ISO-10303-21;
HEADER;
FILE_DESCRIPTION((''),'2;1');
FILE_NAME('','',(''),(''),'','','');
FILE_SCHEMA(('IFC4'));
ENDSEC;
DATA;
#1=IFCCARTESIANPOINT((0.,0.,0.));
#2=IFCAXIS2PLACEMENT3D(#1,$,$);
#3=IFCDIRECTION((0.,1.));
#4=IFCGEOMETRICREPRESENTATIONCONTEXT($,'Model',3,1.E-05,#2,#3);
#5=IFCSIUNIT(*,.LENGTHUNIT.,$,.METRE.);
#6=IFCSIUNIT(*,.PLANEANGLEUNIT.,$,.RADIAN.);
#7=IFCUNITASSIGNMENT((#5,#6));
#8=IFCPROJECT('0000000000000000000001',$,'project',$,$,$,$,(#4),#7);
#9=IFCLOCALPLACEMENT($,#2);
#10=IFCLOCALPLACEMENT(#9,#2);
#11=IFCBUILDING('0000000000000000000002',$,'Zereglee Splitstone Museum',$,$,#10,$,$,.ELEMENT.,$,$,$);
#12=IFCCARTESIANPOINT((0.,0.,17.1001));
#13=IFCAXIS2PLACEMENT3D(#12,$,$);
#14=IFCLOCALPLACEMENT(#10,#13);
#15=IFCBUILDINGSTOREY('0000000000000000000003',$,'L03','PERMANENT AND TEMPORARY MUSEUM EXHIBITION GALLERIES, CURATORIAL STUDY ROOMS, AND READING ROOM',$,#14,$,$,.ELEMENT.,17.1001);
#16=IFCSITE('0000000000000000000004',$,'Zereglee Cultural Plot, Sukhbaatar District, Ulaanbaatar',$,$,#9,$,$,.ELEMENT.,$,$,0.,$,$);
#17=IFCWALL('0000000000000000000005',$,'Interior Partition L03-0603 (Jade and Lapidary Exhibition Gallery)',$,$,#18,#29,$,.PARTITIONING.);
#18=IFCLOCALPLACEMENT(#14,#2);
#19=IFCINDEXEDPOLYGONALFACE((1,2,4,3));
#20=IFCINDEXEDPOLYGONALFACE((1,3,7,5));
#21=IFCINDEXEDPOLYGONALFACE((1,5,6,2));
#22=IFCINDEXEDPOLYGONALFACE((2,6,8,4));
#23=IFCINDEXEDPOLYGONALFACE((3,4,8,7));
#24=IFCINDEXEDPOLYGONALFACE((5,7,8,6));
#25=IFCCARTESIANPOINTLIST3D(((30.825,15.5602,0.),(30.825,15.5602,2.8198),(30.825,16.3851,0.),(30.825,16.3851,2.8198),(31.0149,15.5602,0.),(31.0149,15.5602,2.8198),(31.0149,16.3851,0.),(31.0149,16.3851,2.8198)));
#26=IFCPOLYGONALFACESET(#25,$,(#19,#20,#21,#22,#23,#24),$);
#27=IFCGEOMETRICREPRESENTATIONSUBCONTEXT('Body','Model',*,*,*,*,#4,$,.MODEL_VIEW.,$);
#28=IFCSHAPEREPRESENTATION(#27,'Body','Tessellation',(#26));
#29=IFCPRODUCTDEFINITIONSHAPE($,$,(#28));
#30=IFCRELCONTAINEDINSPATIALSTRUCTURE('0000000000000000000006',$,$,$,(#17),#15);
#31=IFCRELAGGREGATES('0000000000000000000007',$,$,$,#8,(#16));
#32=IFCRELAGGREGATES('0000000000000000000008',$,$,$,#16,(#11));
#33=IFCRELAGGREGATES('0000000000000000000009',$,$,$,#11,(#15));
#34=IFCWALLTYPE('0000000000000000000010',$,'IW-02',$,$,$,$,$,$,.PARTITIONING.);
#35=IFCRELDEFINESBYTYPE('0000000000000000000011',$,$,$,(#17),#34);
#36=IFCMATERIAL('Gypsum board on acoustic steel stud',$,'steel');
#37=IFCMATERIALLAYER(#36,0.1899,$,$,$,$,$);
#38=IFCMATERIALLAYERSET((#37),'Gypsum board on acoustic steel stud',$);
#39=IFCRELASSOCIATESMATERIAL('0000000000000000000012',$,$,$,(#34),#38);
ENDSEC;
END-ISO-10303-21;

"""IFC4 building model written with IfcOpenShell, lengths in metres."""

from ifc_helpers import new_model, si_unit, direction, frame, frame_2d, origin, place, context, subcontext, project, spatial, rectangle, extrude, material, layer, layer_set, type_object, element, save


model = new_model("IFC4")

# Units and contexts
model_context = context("Model", 3, precision=1e-05, world=origin(), true_north=direction((0.0, 1.0)))
body_context = subcontext(model_context, "Body", "Model", "MODEL_VIEW")
ifc_project = project(units=[si_unit("LENGTHUNIT", "METRE"), si_unit("PLANEANGLEUNIT", "RADIAN")], contexts=[model_context])

# Site, building, storey
site_placement = place(None, origin())
site = spatial("IfcSite", under=ifc_project, at=site_placement, Name="Zereglee Cultural Plot, Sukhbaatar District, Ulaanbaatar", CompositionType="ELEMENT", RefElevation=0.0)
building_placement = place(site_placement, origin())
building = spatial("IfcBuilding", under=site, at=building_placement, Name="Zereglee Splitstone Museum", CompositionType="ELEMENT")
storey_placement = place(building_placement, frame((0.0, 0.0, 17.1001)))
storey = spatial("IfcBuildingStorey", under=building, at=storey_placement, Name="L03", Description="PERMANENT AND TEMPORARY MUSEUM EXHIBITION GALLERIES, CURATORIAL STUDY ROOMS, AND READING ROOM", CompositionType="ELEMENT", Elevation=17.1001)

# Wall
ifc_material_1 = material(Name="Gypsum board on acoustic steel stud", Category="steel")
ifc_layer_1 = layer(ifc_material_1, 0.1899)
ifc_layer_set_1 = layer_set([ifc_layer_1], Name="Gypsum board on acoustic steel stud")
wall_type_1 = type_object("IfcWallType", Name="IW-02", PredefinedType="PARTITIONING", material=ifc_layer_set_1)
wall_1_placement = place(storey_placement, frame((30.9199, 15.5601, 0.0), z_axis=(0.0, 0.0, 1.0), x_axis=(0.0, 1.0, 0.0)))
element("IfcWall", 1, at=wall_1_placement, inside=storey, type_object=wall_type_1, Name="Interior Partition L03-0603 (Jade and Lapidary Exhibition Gallery)", PredefinedType="PARTITIONING", context=body_context, shape_type="SweptSolid", body=[
    extrude(rectangle(XDim=0.825, YDim=0.1899, at=frame_2d((0.4126, 0.0))), origin(), (0.0, 0.0, 1.0), 2.8198),
])

save(model, "model.ifc")
